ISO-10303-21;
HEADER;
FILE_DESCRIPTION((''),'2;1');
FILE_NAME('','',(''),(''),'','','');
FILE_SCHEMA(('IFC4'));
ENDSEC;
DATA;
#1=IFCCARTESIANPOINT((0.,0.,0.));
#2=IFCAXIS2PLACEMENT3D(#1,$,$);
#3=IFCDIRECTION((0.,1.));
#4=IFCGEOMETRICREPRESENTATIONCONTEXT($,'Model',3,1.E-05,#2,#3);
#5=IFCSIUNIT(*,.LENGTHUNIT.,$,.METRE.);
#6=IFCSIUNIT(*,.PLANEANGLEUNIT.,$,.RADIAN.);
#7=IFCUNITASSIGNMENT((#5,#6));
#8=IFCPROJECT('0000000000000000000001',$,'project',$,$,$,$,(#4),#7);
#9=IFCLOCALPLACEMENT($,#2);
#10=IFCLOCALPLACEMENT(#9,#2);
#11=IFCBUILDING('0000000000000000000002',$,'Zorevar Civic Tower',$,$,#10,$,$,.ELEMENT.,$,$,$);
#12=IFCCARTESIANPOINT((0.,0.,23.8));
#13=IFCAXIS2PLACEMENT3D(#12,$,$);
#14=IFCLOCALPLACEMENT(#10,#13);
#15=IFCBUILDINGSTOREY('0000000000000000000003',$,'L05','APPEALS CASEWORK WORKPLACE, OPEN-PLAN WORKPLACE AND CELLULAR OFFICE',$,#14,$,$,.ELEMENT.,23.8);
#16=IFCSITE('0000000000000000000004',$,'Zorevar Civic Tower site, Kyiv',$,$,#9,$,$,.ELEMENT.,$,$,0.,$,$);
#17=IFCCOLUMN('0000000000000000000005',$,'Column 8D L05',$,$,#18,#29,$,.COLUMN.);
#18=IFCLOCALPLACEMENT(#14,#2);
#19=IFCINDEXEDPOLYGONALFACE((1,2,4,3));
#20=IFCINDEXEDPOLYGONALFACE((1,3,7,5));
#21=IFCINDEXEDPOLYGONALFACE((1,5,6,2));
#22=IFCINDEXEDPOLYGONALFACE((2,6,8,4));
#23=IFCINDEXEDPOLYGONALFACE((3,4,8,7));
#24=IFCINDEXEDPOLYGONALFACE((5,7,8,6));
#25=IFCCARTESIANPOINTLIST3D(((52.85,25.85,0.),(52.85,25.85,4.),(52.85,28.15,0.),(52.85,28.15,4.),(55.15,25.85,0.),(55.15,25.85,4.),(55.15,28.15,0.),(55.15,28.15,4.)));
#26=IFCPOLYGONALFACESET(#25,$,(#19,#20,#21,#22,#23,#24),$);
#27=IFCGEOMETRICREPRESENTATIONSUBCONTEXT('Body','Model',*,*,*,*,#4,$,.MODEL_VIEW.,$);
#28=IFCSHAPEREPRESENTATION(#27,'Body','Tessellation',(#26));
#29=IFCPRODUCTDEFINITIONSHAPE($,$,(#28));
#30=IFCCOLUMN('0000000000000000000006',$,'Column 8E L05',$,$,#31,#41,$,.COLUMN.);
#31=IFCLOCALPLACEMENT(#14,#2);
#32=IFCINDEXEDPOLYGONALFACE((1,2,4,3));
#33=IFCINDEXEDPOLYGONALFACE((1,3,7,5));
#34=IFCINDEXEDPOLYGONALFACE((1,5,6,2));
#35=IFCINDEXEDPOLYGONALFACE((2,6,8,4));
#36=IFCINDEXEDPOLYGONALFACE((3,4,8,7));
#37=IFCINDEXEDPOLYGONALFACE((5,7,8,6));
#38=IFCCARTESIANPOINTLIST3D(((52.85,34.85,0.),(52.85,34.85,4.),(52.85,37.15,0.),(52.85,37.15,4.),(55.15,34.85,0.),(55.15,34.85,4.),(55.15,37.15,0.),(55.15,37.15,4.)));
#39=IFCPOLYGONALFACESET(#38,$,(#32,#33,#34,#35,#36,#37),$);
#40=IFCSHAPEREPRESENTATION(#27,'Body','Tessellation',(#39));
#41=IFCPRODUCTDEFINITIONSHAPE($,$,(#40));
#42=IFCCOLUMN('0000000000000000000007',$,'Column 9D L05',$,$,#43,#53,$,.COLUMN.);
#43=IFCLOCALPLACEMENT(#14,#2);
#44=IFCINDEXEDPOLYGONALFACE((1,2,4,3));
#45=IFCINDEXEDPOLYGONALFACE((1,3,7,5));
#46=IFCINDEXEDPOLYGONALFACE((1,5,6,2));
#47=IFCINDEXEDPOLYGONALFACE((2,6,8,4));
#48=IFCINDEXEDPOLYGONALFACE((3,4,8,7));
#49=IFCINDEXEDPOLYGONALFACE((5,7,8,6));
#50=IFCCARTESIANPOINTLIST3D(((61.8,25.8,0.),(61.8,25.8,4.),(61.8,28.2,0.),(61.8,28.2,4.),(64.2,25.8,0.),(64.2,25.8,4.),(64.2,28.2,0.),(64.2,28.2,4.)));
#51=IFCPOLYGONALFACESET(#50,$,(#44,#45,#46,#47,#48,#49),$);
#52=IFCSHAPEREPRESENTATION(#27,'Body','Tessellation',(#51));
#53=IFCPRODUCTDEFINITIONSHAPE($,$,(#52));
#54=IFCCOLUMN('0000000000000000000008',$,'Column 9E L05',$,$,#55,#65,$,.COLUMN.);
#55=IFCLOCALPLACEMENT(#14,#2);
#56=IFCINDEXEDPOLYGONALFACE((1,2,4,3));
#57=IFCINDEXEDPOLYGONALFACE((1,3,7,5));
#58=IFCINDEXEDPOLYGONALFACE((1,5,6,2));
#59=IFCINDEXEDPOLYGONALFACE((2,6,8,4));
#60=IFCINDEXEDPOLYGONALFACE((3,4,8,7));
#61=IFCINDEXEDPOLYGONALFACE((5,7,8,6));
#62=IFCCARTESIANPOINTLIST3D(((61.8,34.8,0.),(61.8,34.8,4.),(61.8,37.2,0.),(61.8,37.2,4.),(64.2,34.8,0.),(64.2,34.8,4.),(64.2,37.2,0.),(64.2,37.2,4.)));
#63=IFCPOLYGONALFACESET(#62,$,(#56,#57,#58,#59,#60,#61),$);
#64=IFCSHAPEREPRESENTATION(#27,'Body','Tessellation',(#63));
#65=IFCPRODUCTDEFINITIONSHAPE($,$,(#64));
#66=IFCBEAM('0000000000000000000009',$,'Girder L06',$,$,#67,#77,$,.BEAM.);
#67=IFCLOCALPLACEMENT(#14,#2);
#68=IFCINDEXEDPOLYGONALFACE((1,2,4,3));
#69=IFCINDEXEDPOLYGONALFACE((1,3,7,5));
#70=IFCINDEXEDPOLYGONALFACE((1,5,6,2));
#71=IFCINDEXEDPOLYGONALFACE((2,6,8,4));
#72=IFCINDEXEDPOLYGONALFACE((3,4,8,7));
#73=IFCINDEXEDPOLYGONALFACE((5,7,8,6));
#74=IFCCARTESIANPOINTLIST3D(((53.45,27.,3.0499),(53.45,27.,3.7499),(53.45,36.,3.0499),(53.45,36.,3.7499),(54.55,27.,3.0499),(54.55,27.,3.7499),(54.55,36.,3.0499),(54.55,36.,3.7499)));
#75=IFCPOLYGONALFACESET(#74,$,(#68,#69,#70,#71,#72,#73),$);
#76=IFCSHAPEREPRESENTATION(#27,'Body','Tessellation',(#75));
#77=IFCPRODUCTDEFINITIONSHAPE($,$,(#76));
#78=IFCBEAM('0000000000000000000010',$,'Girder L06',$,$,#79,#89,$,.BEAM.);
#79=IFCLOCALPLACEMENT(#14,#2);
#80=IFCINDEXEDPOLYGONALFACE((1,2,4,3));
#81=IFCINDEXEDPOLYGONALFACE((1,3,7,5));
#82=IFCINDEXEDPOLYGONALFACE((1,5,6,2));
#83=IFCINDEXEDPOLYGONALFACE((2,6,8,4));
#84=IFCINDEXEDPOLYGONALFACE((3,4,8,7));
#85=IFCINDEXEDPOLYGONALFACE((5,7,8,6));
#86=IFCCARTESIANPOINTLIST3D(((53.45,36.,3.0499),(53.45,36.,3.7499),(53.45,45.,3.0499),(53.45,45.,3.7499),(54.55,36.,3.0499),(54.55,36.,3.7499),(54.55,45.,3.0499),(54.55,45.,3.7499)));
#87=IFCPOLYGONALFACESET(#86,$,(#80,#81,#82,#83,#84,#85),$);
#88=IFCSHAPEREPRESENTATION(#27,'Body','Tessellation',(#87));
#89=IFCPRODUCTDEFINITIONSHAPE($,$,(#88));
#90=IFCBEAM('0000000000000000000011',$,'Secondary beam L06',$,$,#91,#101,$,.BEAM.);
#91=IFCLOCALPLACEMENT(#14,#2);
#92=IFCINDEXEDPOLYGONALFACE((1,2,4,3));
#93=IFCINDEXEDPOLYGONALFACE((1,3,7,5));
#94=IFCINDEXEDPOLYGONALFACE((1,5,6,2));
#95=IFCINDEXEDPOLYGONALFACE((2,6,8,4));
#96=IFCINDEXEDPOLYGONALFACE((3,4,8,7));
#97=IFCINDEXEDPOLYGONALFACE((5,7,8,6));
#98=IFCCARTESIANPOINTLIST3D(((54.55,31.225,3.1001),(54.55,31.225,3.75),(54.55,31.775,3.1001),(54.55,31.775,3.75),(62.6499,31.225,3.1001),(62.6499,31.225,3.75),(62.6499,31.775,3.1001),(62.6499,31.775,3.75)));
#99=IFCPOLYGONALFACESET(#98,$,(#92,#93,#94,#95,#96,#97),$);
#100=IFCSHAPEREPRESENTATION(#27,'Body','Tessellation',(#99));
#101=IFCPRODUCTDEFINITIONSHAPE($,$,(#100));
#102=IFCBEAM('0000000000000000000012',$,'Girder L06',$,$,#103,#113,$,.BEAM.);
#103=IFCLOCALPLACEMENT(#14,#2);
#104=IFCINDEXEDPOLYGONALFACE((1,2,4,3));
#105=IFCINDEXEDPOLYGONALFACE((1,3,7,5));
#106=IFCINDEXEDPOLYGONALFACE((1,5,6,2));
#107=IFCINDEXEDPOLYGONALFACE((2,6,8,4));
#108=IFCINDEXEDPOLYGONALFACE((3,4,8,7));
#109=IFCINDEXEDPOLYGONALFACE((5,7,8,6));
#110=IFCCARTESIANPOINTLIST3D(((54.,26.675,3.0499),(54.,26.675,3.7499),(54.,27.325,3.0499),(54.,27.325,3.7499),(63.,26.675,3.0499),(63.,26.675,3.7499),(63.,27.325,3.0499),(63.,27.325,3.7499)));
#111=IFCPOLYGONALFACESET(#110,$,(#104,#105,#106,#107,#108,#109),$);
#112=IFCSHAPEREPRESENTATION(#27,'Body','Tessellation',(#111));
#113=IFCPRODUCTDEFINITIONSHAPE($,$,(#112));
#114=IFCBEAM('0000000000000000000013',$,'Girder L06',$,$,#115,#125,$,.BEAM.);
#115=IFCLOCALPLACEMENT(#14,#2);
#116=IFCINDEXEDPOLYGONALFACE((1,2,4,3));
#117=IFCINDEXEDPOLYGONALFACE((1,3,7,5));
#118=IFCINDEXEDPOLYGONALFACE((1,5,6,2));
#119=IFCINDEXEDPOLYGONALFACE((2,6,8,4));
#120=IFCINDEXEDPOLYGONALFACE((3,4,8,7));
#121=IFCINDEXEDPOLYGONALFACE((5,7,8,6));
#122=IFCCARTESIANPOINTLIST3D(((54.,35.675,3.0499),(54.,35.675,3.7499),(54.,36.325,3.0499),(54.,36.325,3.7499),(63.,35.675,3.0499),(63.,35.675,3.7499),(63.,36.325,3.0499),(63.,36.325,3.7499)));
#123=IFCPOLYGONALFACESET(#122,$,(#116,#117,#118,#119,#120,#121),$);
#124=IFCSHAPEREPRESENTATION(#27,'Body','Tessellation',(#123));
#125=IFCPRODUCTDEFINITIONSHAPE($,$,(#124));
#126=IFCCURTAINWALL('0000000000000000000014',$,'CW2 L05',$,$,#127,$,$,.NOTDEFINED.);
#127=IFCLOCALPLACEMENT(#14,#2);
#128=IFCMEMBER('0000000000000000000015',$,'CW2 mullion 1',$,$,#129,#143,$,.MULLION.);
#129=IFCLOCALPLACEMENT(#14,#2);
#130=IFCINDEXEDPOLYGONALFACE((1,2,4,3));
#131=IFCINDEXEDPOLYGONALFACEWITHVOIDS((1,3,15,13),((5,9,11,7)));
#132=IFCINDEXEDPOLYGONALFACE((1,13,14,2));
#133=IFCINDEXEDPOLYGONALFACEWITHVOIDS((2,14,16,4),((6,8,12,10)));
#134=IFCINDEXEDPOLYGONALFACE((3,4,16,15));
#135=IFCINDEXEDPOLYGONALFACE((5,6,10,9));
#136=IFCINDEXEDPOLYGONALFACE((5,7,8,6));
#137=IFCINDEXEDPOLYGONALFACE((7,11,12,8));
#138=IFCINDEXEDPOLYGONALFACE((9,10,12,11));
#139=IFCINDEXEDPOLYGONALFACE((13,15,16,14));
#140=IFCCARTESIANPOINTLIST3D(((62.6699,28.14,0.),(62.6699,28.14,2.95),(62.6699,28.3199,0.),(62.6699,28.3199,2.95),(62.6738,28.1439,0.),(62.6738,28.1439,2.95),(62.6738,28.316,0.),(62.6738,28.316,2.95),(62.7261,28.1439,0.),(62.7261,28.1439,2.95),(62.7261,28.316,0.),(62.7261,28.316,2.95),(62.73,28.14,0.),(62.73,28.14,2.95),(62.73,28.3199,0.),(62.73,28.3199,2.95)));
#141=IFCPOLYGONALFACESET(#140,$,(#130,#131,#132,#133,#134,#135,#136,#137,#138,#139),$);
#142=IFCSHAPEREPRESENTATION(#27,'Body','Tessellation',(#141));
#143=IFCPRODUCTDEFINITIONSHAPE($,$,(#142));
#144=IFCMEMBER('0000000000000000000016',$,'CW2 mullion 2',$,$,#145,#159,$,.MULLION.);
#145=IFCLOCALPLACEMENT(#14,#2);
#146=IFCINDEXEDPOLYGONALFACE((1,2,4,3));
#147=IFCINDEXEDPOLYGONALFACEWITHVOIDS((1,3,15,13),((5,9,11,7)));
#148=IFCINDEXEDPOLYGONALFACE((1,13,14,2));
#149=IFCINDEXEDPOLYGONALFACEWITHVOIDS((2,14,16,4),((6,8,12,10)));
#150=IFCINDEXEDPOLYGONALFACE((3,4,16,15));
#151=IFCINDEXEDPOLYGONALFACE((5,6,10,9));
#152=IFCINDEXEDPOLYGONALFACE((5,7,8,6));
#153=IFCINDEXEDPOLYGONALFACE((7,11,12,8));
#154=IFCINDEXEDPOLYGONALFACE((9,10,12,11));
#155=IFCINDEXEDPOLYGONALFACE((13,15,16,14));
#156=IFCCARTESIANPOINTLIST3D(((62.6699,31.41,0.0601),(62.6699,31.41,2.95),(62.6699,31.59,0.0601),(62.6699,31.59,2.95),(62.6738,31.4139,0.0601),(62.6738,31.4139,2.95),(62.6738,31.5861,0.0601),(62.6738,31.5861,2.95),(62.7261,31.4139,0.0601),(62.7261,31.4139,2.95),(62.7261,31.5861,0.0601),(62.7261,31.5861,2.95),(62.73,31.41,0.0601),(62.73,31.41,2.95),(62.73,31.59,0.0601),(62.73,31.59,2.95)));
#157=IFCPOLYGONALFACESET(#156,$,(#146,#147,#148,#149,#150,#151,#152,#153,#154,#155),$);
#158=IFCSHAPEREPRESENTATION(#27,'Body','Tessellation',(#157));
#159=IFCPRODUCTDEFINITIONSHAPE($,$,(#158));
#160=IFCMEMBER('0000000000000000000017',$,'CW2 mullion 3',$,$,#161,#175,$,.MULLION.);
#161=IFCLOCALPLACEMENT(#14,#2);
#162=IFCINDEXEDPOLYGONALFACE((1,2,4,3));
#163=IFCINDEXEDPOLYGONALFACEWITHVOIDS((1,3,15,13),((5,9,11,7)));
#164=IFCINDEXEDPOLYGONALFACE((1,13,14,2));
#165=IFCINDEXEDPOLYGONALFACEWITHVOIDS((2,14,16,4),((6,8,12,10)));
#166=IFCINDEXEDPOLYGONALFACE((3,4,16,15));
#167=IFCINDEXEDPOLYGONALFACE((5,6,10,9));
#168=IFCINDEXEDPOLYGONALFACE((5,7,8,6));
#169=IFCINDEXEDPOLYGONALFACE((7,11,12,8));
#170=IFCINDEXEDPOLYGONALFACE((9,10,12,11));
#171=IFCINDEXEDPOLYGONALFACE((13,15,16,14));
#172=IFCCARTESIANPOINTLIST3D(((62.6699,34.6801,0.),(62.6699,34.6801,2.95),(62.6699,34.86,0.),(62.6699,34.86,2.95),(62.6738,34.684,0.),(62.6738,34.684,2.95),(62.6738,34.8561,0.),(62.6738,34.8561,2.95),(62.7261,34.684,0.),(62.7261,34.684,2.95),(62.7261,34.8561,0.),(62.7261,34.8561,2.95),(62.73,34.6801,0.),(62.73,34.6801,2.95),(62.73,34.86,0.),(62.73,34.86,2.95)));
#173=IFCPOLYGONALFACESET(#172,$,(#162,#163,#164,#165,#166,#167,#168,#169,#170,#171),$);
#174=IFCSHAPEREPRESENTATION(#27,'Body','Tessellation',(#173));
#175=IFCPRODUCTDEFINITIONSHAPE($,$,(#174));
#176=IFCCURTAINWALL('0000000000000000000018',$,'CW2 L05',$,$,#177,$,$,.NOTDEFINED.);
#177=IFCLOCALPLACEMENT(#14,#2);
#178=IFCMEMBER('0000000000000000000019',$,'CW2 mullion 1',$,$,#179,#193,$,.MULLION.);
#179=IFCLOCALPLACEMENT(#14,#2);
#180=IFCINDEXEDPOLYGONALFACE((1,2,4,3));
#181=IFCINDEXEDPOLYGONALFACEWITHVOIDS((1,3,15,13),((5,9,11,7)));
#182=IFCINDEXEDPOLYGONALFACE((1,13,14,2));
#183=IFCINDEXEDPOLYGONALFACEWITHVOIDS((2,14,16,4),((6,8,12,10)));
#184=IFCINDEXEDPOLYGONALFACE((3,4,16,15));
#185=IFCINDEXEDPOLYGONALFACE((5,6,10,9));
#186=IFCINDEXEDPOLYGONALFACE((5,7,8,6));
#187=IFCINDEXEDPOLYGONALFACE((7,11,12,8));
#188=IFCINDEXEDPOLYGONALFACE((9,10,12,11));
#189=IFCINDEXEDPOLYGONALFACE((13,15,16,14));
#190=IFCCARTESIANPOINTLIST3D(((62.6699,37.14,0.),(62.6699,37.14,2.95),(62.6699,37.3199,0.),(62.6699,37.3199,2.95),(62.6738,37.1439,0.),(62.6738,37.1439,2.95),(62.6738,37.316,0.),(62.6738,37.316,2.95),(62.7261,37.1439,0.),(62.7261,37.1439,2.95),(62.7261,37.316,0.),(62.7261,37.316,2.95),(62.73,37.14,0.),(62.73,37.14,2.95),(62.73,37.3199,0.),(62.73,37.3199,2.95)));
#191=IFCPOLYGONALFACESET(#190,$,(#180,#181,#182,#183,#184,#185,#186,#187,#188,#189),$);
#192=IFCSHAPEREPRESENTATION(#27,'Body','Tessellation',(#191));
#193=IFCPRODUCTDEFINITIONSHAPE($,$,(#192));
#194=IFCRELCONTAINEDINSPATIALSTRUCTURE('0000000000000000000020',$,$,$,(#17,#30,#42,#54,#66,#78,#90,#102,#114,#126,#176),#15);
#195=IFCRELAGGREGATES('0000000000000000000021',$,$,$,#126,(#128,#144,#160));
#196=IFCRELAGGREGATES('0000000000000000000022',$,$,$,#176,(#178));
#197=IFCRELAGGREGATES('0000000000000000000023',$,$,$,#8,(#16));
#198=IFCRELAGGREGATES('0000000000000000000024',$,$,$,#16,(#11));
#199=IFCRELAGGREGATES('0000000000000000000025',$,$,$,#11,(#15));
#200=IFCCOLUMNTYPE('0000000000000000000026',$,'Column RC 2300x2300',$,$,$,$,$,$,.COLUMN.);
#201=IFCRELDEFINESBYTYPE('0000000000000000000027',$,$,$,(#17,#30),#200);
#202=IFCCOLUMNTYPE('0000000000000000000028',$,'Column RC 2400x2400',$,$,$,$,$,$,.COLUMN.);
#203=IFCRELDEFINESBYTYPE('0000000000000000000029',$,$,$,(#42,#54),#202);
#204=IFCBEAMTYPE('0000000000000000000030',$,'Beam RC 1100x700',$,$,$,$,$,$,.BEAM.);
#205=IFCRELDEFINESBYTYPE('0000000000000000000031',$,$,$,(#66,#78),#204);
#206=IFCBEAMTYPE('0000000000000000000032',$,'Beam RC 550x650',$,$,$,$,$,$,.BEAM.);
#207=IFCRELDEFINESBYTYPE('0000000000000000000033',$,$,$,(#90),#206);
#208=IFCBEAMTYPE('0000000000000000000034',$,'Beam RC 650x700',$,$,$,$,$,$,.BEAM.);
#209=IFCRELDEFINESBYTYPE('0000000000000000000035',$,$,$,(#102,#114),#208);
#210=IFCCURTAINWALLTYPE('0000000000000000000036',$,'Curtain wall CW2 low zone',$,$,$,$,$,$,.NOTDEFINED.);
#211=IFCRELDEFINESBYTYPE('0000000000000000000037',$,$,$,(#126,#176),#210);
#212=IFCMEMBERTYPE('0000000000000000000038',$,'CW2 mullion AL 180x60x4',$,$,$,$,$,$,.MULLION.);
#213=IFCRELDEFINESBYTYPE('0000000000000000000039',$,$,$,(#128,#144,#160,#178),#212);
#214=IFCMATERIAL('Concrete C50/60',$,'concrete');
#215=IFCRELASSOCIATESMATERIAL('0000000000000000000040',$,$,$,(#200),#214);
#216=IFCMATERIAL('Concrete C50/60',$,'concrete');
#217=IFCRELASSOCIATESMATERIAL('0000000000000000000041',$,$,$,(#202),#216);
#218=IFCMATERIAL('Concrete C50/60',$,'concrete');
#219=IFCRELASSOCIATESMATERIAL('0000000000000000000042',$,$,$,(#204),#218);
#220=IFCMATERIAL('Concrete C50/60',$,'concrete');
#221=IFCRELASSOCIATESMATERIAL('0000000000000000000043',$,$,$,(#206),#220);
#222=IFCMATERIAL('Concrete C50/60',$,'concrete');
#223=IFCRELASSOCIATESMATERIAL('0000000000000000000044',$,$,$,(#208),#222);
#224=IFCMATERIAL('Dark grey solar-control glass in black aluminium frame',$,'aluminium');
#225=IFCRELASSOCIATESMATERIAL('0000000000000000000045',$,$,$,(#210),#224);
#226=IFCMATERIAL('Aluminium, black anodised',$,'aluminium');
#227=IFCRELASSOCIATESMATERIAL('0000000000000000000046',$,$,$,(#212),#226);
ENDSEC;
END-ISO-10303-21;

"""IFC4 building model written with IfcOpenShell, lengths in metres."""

from ifc_helpers import new_model, si_unit, direction, frame, origin, origin_2d, place, context, subcontext, project, spatial, rectangle, hollow_rectangle, extrude, material, material_profile, profile_set, type_object, element, aggregate, save


model = new_model("IFC4")

# Units and contexts
model_context = context("Model", 3, precision=1e-05, world=origin(), true_north=direction((0.0, 1.0)))
body_context = subcontext(model_context, "Body", "Model", "MODEL_VIEW")
ifc_project = project(units=[si_unit("LENGTHUNIT", "METRE"), si_unit("PLANEANGLEUNIT", "RADIAN")], contexts=[model_context])

# Site, building, storey
site_placement = place(None, origin())
site = spatial("IfcSite", under=ifc_project, at=site_placement, Name="Zorevar Civic Tower site, Kyiv", CompositionType="ELEMENT", RefElevation=0.0)
building_placement = place(site_placement, origin())
building = spatial("IfcBuilding", under=site, at=building_placement, Name="Zorevar Civic Tower", CompositionType="ELEMENT")
storey_placement = place(building_placement, frame((0.0, 0.0, 23.8)))
storey = spatial("IfcBuildingStorey", under=building, at=storey_placement, Name="L05", Description="APPEALS CASEWORK WORKPLACE, OPEN-PLAN WORKPLACE AND CELLULAR OFFICE", CompositionType="ELEMENT", Elevation=23.8)

# Columns
ifc_material_1 = material(Name="Concrete C50/60", Category="concrete")
ifc_material_profile_1 = material_profile(ifc_material_1, rectangle(XDim=2.3, YDim=2.3, at=origin_2d()), Name="RC 2300x2300")
ifc_profile_set_1 = profile_set([ifc_material_profile_1], Name="Concrete C50/60")
column_type_1 = type_object("IfcColumnType", Name="Column RC 2300x2300", PredefinedType="COLUMN", material=ifc_profile_set_1)
for number, where, z_axis, x_axis, name in (
    (1, (54.0, 27.0, 0.0), (0.0, 0.0, 1.0), (1.0, 0.0, 0.0), "Column 8D L05"),
    (2, (54.0, 36.0, 0.0), (0.0, 0.0, 1.0), (1.0, 0.0, 0.0), "Column 8E L05"),
):
    element("IfcColumn", number, at=place(storey_placement, frame(where, z_axis=z_axis, x_axis=x_axis)), inside=storey, type_object=column_type_1, Name=name, PredefinedType="COLUMN", context=body_context, shape_type="SweptSolid", body=[
        extrude(rectangle(XDim=2.3, YDim=2.3, at=origin_2d()), origin(), (0.0, 0.0, 1.0), 4.0),
    ])
ifc_material_2 = material(Name="Concrete C50/60", Category="concrete")
ifc_material_profile_2 = material_profile(ifc_material_2, rectangle(XDim=2.3999, YDim=2.3999, at=origin_2d()), Name="RC 2400x2400")
ifc_profile_set_2 = profile_set([ifc_material_profile_2], Name="Concrete C50/60")
column_type_2 = type_object("IfcColumnType", Name="Column RC 2400x2400", PredefinedType="COLUMN", material=ifc_profile_set_2)
for number, where, z_axis, x_axis, name in (
    (3, (63.0, 27.0, 0.0), (0.0, 0.0, 1.0), (1.0, 0.0, 0.0), "Column 9D L05"),
    (4, (63.0, 36.0, 0.0), (0.0, 0.0, 1.0), (1.0, 0.0, 0.0), "Column 9E L05"),
):
    element("IfcColumn", number, at=place(storey_placement, frame(where, z_axis=z_axis, x_axis=x_axis)), inside=storey, type_object=column_type_2, Name=name, PredefinedType="COLUMN", context=body_context, shape_type="SweptSolid", body=[
        extrude(rectangle(XDim=2.3999, YDim=2.3999, at=origin_2d()), origin(), (0.0, 0.0, 1.0), 4.0),
    ])

# Beams
ifc_material_3 = material(Name="Concrete C50/60", Category="concrete")
ifc_material_profile_3 = material_profile(ifc_material_3, rectangle(XDim=1.1001, YDim=0.7, at=origin_2d()), Name="RC 1100x700")
ifc_profile_set_3 = profile_set([ifc_material_profile_3], Name="Concrete C50/60")
beam_type_1 = type_object("IfcBeamType", Name="Beam RC 1100x700", PredefinedType="BEAM", material=ifc_profile_set_3)
for number, where, z_axis, x_axis, name in (
    (5, (54.0, 27.0, 3.3999), (0.0, 1.0, 0.0), (-1.0, 0.0, 0.0), "Girder L06"),
    (6, (54.0, 36.0, 3.3999), (0.0, 1.0, 0.0), (-1.0, 0.0, 0.0), "Girder L06"),
):
    element("IfcBeam", number, at=place(storey_placement, frame(where, z_axis=z_axis, x_axis=x_axis)), inside=storey, type_object=beam_type_1, Name=name, PredefinedType="BEAM", context=body_context, shape_type="SweptSolid", body=[
        extrude(rectangle(XDim=1.1001, YDim=0.7, at=origin_2d()), origin(), (0.0, 0.0, 1.0), 9.0),
    ])
ifc_material_4 = material(Name="Concrete C50/60", Category="concrete")
ifc_material_profile_4 = material_profile(ifc_material_4, rectangle(XDim=0.55, YDim=0.6499, at=origin_2d()), Name="RC 550x650")
ifc_profile_set_4 = profile_set([ifc_material_profile_4], Name="Concrete C50/60")
beam_type_2 = type_object("IfcBeamType", Name="Beam RC 550x650", PredefinedType="BEAM", material=ifc_profile_set_4)
beam_placement = place(storey_placement, frame((54.55, 31.5, 3.425), z_axis=(1.0, 0.0, 0.0), x_axis=(0.0, 1.0, 0.0)))
element("IfcBeam", 7, at=beam_placement, inside=storey, type_object=beam_type_2, Name="Secondary beam L06", PredefinedType="BEAM", context=body_context, shape_type="SweptSolid", body=[
    extrude(rectangle(XDim=0.55, YDim=0.6499, at=origin_2d()), origin(), (0.0, 0.0, 1.0), 8.0999),
])
ifc_material_5 = material(Name="Concrete C50/60", Category="concrete")
ifc_material_profile_5 = material_profile(ifc_material_5, rectangle(XDim=0.6499, YDim=0.7, at=origin_2d()), Name="RC 650x700")
ifc_profile_set_5 = profile_set([ifc_material_profile_5], Name="Concrete C50/60")
beam_type_3 = type_object("IfcBeamType", Name="Beam RC 650x700", PredefinedType="BEAM", material=ifc_profile_set_5)
for number, where, z_axis, x_axis, name in (
    (8, (54.0, 27.0, 3.3999), (1.0, 0.0, 0.0), (0.0, 1.0, 0.0), "Girder L06"),
    (9, (54.0, 36.0, 3.3999), (1.0, 0.0, 0.0), (0.0, 1.0, 0.0), "Girder L06"),
):
    element("IfcBeam", number, at=place(storey_placement, frame(where, z_axis=z_axis, x_axis=x_axis)), inside=storey, type_object=beam_type_3, Name=name, PredefinedType="BEAM", context=body_context, shape_type="SweptSolid", body=[
        extrude(rectangle(XDim=0.6499, YDim=0.7, at=origin_2d()), origin(), (0.0, 0.0, 1.0), 9.0),
    ])

# Curtain wall, members
ifc_material_6 = material(Name="Dark grey solar-control glass in black aluminium frame", Category="aluminium")
curtain_wall_type = type_object("IfcCurtainWallType", Name="Curtain wall CW2 low zone", PredefinedType="NOTDEFINED", material=ifc_material_6)
curtain_wall_1_placement = place(storey_placement, origin())
curtain_wall_1 = element("IfcCurtainWall", 10, at=curtain_wall_1_placement, inside=storey, type_object=curtain_wall_type, Name="CW2 L05", PredefinedType="NOTDEFINED")
ifc_material_7 = material(Name="Aluminium, black anodised", Category="aluminium")
ifc_material_profile_6 = material_profile(ifc_material_7, hollow_rectangle(XDim=0.0601, YDim=0.1799, WallThickness=0.0039, at=origin_2d()), Name="AL 180x60x4")
ifc_profile_set_6 = profile_set([ifc_material_profile_6], Name="Aluminium, black anodised")
member_type_1 = type_object("IfcMemberType", Name="CW2 mullion AL 180x60x4", PredefinedType="MULLION", material=ifc_profile_set_6)
member_1_placement = place(storey_placement, frame((62.7, 28.23, 0.0), z_axis=(0.0, 0.0, 1.0), x_axis=(-1.0, 0.0, 0.0)))
member_1 = element("IfcMember", 11, at=member_1_placement, type_object=member_type_1, Name="CW2 mullion 1", PredefinedType="MULLION", context=body_context, shape_type="SweptSolid", body=[
    extrude(hollow_rectangle(XDim=0.0601, YDim=0.1799, WallThickness=0.0039, at=origin_2d()), origin(), (0.0, 0.0, 1.0), 2.95),
])
member_2_placement = place(storey_placement, frame((62.7, 31.5, 0.0601), z_axis=(0.0, 0.0, 1.0), x_axis=(-1.0, 0.0, 0.0)))
member_2 = element("IfcMember", 12, at=member_2_placement, type_object=member_type_1, Name="CW2 mullion 2", PredefinedType="MULLION", context=body_context, shape_type="SweptSolid", body=[
    extrude(hollow_rectangle(XDim=0.0601, YDim=0.1799, WallThickness=0.0039, at=origin_2d()), origin(), (0.0, 0.0, 1.0), 2.8899),
])
member_3_placement = place(storey_placement, frame((62.7, 34.77, 0.0), z_axis=(0.0, 0.0, 1.0), x_axis=(-1.0, 0.0, 0.0)))
member_3 = element("IfcMember", 13, at=member_3_placement, type_object=member_type_1, Name="CW2 mullion 3", PredefinedType="MULLION", context=body_context, shape_type="SweptSolid", body=[
    extrude(hollow_rectangle(XDim=0.0601, YDim=0.1799, WallThickness=0.0039, at=origin_2d()), origin(), (0.0, 0.0, 1.0), 2.95),
])

# Curtain wall, member
curtain_wall_2_placement = place(storey_placement, origin())
curtain_wall_2 = element("IfcCurtainWall", 14, at=curtain_wall_2_placement, inside=storey, type_object=curtain_wall_type, Name="CW2 L05", PredefinedType="NOTDEFINED")
member_4_placement = place(storey_placement, frame((62.7, 37.23, 0.0), z_axis=(0.0, 0.0, 1.0), x_axis=(-1.0, 0.0, 0.0)))
member_4 = element("IfcMember", 15, at=member_4_placement, type_object=member_type_1, Name="CW2 mullion 1", PredefinedType="MULLION", context=body_context, shape_type="SweptSolid", body=[
    extrude(hollow_rectangle(XDim=0.0601, YDim=0.1799, WallThickness=0.0039, at=origin_2d()), origin(), (0.0, 0.0, 1.0), 2.95),
])

aggregate(curtain_wall_1, [member_1, member_2, member_3])
aggregate(curtain_wall_2, [member_4])

save(model, "model.ifc")
